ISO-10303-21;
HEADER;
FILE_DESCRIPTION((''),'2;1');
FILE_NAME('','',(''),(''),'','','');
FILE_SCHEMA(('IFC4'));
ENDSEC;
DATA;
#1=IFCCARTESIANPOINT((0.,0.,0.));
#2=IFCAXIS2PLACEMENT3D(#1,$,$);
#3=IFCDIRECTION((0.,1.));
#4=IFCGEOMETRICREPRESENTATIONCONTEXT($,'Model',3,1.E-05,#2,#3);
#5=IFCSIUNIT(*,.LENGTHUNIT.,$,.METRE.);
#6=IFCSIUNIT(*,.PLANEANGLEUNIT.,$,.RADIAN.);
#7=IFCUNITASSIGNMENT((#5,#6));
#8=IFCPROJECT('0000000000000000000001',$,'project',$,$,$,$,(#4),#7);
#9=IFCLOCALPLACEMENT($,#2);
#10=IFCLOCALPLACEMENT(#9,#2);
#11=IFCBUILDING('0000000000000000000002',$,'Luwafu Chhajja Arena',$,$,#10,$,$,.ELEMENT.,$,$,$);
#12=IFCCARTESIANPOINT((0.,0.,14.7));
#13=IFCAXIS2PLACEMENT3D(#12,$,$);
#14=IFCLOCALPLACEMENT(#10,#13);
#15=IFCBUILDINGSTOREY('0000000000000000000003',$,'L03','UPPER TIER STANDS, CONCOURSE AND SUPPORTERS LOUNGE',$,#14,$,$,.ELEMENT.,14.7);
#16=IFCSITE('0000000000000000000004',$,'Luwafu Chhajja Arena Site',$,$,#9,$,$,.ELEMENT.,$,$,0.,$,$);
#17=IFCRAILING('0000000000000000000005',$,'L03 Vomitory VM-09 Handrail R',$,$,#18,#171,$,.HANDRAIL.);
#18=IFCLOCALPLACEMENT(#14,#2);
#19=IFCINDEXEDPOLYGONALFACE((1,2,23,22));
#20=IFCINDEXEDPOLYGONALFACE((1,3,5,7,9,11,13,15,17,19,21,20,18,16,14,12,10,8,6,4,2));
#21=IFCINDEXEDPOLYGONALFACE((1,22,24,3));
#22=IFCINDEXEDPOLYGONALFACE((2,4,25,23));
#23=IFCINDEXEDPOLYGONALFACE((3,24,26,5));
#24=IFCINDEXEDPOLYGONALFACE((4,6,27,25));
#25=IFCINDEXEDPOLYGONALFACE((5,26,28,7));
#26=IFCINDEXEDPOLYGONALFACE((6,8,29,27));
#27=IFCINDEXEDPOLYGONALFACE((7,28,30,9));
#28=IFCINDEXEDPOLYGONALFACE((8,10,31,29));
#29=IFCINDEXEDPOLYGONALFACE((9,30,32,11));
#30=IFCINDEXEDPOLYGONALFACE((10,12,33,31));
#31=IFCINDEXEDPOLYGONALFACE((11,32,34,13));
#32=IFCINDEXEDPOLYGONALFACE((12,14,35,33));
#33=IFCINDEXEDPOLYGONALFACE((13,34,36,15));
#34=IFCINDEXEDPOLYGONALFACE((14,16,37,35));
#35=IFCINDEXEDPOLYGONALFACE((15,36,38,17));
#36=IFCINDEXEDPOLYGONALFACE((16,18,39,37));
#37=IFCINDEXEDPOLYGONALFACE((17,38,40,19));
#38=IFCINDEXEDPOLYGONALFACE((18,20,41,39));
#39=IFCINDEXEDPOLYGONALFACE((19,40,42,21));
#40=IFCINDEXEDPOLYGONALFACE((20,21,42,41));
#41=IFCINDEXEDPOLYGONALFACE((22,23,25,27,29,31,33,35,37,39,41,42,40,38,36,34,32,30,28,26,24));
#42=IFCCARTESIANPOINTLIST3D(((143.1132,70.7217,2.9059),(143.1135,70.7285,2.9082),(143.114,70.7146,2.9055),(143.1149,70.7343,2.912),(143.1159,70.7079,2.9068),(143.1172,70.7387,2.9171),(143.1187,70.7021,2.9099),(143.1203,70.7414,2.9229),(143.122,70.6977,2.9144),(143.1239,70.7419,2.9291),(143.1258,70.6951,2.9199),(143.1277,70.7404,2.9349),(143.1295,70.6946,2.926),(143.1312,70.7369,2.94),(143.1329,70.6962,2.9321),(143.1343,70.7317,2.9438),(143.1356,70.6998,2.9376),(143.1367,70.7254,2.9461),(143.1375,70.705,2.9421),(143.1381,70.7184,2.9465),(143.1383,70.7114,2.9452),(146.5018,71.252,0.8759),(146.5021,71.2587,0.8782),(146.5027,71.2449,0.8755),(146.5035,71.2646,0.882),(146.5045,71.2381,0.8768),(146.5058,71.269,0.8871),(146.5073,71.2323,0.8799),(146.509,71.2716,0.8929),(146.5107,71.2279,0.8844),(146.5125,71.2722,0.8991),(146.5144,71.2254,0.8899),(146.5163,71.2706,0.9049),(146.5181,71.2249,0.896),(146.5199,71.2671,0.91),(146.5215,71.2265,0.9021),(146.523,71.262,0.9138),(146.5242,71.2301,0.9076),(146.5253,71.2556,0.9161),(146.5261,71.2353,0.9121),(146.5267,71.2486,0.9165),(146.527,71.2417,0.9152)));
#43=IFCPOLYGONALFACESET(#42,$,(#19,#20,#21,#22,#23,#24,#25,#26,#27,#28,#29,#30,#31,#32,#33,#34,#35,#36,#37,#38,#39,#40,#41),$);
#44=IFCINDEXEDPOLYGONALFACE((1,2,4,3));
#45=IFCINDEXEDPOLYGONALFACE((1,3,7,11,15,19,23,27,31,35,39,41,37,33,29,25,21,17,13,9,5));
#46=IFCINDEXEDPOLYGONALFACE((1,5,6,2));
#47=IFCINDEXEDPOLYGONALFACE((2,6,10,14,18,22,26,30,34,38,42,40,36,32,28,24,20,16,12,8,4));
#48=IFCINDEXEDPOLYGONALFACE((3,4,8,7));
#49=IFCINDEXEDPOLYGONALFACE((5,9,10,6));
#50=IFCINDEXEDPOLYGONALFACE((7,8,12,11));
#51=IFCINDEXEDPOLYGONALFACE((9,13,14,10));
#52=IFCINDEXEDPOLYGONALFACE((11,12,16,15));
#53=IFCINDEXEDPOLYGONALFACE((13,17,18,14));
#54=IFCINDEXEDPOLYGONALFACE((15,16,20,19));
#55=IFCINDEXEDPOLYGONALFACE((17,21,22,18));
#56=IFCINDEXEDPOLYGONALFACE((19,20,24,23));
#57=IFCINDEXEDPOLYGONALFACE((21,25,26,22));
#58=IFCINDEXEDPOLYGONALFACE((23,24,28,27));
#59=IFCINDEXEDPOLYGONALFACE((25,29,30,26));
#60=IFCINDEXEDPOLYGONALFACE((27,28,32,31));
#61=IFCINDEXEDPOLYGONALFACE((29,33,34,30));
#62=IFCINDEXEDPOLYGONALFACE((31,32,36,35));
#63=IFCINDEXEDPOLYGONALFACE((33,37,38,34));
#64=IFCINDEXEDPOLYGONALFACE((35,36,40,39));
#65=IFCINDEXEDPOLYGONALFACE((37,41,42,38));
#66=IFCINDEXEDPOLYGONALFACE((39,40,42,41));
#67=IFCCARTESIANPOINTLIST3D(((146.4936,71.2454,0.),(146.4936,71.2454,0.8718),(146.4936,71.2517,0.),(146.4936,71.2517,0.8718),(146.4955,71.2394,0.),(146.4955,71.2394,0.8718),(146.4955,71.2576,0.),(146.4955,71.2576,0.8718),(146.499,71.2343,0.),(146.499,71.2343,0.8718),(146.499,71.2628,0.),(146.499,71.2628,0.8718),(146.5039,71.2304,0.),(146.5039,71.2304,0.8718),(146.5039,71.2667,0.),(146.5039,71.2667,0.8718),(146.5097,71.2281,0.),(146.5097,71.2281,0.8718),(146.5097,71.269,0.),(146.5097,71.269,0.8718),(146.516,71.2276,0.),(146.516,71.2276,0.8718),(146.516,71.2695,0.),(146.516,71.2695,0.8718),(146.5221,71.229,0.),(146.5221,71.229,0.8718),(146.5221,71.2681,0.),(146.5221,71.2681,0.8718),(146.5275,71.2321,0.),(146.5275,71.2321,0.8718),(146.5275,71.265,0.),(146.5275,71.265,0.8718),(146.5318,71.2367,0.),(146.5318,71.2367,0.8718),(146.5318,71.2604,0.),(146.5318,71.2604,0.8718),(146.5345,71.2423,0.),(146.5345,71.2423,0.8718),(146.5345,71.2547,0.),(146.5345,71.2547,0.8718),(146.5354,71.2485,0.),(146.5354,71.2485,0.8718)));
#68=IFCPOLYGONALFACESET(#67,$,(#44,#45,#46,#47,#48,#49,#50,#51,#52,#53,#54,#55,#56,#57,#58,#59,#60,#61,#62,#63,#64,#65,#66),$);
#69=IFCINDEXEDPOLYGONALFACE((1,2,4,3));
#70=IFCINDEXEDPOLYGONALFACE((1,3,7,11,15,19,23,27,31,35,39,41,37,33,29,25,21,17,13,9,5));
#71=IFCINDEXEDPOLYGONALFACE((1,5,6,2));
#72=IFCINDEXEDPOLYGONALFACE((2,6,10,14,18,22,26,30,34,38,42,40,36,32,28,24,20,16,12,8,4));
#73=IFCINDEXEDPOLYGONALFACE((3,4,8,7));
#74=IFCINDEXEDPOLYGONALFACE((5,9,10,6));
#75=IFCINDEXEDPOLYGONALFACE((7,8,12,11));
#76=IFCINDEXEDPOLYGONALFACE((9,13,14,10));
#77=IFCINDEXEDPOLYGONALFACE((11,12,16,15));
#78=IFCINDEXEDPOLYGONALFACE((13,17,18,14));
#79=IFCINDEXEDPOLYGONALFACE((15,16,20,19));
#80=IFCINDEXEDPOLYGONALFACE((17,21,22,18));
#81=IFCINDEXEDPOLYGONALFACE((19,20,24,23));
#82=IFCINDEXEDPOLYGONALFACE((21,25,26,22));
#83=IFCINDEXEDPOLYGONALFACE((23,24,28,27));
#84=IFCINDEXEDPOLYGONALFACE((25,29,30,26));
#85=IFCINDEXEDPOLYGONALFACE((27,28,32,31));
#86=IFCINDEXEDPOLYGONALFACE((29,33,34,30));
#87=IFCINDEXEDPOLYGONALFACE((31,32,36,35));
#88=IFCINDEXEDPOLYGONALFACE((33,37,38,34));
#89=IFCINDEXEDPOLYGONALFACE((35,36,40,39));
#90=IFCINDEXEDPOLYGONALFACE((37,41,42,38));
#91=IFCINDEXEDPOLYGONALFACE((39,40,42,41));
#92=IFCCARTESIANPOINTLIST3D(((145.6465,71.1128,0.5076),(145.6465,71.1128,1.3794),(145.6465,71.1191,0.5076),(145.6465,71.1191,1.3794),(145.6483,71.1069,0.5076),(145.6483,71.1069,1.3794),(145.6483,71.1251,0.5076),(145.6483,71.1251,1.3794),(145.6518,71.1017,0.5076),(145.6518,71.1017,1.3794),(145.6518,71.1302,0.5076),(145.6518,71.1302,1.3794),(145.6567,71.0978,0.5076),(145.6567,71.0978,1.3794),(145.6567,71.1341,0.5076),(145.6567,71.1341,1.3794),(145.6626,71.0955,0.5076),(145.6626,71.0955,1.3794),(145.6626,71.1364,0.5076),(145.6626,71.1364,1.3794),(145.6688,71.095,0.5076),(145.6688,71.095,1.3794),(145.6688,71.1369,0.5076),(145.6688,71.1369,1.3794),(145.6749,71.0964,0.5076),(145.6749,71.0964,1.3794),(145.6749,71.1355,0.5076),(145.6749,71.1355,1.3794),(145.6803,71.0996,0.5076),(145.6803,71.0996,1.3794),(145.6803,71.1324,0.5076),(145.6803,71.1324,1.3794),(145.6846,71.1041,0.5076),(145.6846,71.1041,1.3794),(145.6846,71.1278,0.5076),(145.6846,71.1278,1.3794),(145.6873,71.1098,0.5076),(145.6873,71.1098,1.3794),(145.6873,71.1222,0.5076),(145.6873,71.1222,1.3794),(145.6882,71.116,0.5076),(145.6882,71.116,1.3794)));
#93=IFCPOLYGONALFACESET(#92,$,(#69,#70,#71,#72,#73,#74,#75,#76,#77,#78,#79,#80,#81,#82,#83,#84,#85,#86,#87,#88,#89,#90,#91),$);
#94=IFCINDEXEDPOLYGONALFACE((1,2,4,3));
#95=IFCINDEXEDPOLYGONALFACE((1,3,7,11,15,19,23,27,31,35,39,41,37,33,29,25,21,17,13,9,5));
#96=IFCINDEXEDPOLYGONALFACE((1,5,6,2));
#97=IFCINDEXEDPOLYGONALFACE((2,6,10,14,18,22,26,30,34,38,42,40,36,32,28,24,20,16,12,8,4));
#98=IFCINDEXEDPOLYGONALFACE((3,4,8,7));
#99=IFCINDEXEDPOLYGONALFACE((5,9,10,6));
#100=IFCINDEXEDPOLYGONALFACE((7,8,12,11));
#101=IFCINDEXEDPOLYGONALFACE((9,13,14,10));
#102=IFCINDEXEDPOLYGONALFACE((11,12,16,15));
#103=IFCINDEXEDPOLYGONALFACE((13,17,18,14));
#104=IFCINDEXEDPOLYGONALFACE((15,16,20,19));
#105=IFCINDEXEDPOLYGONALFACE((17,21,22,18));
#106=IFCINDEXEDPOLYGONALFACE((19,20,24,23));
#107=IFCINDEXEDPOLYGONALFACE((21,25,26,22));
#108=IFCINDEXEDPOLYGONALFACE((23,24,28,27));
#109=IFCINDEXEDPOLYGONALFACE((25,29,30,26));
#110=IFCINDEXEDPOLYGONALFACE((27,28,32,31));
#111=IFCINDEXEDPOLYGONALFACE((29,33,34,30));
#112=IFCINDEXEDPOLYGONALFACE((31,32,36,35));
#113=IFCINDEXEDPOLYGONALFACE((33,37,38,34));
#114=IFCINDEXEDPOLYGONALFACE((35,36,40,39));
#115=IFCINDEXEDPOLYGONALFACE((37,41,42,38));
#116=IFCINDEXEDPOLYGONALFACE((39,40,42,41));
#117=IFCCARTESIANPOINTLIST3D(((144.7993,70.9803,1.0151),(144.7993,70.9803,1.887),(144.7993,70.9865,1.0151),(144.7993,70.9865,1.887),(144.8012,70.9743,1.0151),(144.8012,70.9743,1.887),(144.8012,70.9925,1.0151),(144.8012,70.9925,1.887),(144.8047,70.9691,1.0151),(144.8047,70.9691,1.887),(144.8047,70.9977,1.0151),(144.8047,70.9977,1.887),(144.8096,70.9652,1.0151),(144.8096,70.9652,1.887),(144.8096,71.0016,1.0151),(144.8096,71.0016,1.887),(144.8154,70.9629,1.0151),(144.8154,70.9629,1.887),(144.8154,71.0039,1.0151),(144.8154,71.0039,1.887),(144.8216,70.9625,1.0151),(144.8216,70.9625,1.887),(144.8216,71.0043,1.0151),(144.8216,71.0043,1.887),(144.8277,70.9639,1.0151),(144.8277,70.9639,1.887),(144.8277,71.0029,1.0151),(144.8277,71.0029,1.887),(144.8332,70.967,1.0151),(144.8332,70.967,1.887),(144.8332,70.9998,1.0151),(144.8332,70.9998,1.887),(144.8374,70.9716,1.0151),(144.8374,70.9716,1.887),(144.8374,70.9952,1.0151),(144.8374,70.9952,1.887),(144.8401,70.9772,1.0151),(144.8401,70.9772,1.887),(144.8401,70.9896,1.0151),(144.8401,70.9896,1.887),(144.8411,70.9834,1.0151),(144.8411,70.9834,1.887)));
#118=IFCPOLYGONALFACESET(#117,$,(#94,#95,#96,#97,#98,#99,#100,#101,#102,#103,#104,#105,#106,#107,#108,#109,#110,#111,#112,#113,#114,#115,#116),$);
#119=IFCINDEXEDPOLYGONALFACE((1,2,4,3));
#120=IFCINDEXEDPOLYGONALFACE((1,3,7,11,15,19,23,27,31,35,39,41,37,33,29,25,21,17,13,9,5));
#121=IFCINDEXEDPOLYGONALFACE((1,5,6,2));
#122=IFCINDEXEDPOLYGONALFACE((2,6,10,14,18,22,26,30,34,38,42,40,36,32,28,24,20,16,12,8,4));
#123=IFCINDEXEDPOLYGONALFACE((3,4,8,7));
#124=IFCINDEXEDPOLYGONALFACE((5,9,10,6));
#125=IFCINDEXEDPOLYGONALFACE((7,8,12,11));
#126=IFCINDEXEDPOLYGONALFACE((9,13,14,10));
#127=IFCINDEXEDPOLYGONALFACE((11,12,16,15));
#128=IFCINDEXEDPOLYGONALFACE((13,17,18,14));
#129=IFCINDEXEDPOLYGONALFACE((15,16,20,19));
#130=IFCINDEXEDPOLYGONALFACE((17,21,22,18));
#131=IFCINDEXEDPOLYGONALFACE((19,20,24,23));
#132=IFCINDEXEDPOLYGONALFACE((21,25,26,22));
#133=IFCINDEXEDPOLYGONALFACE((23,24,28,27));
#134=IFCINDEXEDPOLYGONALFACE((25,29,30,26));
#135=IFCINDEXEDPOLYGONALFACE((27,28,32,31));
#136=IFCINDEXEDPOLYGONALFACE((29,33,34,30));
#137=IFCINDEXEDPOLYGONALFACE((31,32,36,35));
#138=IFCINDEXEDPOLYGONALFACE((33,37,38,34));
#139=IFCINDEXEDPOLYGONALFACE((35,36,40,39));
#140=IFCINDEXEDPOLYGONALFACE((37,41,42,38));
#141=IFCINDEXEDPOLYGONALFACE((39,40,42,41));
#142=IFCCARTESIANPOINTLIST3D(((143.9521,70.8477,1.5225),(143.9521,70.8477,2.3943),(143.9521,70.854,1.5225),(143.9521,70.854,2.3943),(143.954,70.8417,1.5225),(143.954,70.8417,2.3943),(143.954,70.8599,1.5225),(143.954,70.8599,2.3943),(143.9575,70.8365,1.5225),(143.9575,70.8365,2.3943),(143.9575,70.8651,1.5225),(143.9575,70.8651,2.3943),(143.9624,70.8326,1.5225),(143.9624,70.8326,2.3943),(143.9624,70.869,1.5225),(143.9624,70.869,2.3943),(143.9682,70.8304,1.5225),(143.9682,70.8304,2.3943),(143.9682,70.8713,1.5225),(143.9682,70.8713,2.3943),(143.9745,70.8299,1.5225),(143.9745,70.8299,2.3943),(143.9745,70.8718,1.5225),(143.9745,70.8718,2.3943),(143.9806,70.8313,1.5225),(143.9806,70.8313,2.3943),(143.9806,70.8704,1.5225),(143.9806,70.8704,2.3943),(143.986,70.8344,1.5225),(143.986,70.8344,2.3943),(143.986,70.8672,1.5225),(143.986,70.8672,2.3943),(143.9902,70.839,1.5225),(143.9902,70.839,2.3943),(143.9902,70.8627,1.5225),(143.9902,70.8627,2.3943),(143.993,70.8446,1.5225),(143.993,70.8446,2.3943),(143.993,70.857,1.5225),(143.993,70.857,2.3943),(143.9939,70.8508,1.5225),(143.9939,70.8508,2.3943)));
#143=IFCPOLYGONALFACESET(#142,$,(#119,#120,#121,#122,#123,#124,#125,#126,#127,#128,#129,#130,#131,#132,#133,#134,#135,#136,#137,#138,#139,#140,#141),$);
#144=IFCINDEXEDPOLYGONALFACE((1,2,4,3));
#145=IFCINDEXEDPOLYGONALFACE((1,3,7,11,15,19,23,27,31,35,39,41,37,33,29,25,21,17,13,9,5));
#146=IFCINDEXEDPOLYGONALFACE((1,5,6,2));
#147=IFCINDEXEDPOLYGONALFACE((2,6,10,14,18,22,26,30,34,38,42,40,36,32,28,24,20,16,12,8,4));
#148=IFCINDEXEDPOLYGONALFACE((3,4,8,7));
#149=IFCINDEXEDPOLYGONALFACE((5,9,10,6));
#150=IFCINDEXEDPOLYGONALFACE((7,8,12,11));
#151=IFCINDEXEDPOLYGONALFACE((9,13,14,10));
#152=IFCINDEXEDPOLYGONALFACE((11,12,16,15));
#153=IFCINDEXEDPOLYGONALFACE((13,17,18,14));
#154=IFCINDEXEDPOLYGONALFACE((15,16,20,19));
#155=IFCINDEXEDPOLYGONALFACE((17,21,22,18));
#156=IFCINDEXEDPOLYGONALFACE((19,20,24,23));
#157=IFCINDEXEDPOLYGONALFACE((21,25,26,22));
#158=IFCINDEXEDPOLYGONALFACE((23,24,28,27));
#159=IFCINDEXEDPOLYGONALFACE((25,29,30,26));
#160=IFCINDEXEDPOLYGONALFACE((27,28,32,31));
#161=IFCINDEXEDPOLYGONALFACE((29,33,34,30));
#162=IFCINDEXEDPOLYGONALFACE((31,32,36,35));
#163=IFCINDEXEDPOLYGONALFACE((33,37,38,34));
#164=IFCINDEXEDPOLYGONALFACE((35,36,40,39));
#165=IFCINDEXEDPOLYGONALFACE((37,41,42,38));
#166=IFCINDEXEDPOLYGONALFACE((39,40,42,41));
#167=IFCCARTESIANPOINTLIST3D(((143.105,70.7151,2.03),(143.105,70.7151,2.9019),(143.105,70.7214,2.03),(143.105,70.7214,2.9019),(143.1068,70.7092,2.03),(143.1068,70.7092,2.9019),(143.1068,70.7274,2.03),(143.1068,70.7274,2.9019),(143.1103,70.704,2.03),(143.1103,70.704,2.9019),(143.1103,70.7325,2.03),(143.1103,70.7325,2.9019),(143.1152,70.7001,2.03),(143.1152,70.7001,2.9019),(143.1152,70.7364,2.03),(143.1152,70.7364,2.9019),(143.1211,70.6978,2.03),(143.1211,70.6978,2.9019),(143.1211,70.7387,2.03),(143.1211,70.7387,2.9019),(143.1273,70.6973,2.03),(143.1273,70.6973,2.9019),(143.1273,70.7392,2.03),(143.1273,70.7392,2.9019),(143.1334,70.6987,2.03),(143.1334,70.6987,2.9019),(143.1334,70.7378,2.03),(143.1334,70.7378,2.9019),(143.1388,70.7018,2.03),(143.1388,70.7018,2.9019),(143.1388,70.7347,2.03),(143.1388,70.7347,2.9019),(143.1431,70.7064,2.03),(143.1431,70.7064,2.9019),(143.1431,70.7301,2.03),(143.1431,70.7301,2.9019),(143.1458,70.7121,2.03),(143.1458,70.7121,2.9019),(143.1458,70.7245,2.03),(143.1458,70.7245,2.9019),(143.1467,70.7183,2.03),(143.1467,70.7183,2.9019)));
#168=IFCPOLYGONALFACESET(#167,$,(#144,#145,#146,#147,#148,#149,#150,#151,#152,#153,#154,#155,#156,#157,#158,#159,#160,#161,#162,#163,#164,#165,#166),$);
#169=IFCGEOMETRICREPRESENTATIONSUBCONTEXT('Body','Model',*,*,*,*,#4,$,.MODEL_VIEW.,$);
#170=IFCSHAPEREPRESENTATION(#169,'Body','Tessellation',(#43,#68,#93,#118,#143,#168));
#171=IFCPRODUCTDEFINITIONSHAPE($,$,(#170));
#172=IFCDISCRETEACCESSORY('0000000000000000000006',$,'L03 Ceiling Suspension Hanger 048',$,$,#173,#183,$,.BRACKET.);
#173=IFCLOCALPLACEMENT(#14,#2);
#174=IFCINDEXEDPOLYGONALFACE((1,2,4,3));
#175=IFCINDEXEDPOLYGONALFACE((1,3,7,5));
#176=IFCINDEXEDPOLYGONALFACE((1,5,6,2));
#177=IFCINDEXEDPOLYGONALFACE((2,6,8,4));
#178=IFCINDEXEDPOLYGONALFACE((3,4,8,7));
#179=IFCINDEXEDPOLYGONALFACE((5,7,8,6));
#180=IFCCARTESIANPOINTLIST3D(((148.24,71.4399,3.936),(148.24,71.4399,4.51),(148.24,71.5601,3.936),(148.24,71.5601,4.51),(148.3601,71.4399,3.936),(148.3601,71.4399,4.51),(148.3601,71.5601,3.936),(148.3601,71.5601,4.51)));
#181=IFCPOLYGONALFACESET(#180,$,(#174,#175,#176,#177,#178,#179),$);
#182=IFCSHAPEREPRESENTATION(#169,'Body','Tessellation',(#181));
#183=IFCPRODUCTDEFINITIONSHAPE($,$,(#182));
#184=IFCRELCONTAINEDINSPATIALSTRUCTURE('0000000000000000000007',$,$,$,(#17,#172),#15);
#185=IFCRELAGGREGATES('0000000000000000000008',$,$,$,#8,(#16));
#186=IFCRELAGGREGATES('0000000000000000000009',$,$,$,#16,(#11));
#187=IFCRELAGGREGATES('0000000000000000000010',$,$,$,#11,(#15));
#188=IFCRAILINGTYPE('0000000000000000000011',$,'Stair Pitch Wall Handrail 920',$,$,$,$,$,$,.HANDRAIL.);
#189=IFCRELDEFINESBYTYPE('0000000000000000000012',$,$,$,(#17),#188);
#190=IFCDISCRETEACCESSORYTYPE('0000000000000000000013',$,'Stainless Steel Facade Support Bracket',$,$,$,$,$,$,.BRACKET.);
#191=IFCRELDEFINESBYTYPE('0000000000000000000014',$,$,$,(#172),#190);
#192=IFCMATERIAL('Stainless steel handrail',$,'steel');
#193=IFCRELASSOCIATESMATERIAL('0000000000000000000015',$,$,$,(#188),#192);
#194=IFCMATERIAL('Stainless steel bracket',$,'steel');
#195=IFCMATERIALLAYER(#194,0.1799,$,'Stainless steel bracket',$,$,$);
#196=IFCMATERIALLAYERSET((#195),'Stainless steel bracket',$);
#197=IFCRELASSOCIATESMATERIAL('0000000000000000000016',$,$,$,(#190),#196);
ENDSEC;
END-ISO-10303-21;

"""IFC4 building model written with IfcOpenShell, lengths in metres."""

from ifc_helpers import new_model, si_unit, direction, frame, origin, origin_2d, place, context, subcontext, project, spatial, rectangle, circle, extrude, material, layer, layer_set, type_object, element, save


model = new_model("IFC4")

# Units and contexts
model_context = context("Model", 3, precision=1e-05, world=origin(), true_north=direction((0.0, 1.0)))
body_context = subcontext(model_context, "Body", "Model", "MODEL_VIEW")
ifc_project = project(units=[si_unit("LENGTHUNIT", "METRE"), si_unit("PLANEANGLEUNIT", "RADIAN")], contexts=[model_context])

# Site, building, storey
site_placement = place(None, origin())
site = spatial("IfcSite", under=ifc_project, at=site_placement, Name="Luwafu Chhajja Arena Site", CompositionType="ELEMENT", RefElevation=0.0)
building_placement = place(site_placement, origin())
building = spatial("IfcBuilding", under=site, at=building_placement, Name="Luwafu Chhajja Arena", CompositionType="ELEMENT")
storey_placement = place(building_placement, frame((0.0, 0.0, 14.7)))
storey = spatial("IfcBuildingStorey", under=building, at=storey_placement, Name="L03", Description="UPPER TIER STANDS, CONCOURSE AND SUPPORTERS LOUNGE", CompositionType="ELEMENT", Elevation=14.7)

# Railing
ifc_material_1 = material(Name="Stainless steel handrail", Category="steel")
railing_type_1 = type_object("IfcRailingType", Name="Stair Pitch Wall Handrail 920", PredefinedType="HANDRAIL", material=ifc_material_1)
railing_1_placement = place(storey_placement, frame((146.5144, 71.2485, 0.0)))
element("IfcRailing", 1, at=railing_1_placement, inside=storey, type_object=railing_type_1, Name="L03 Vomitory VM-09 Handrail R", PredefinedType="HANDRAIL", context=body_context, shape_type="SweptSolid", body=[
    extrude(circle(Radius=0.0239, at=origin_2d()), frame((0.0, 0.0, 0.896), z_axis=(-0.850221, -0.133046, 0.509336), x_axis=(0.154603, -0.987977, 0.0)), (0.0, 0.0, 1.0), 3.9856),
    extrude(circle(Radius=0.021, at=origin_2d()), origin(), (0.0, 0.0, 1.0), 0.8718),
    extrude(circle(Radius=0.021, at=origin_2d()), frame((-0.8472, -0.1326, 0.5076)), (0.0, 0.0, 1.0), 0.8718),
    extrude(circle(Radius=0.021, at=origin_2d()), frame((-1.6943, -0.2651, 1.0151)), (0.0, 0.0, 1.0), 0.8718),
    extrude(circle(Radius=0.021, at=origin_2d()), frame((-2.5415, -0.3977, 1.5225)), (0.0, 0.0, 1.0), 0.8718),
    extrude(circle(Radius=0.021, at=origin_2d()), frame((-3.3887, -0.5303, 2.03)), (0.0, 0.0, 1.0), 0.8718),
])

# Discrete accessory
ifc_material_2 = material(Name="Stainless steel bracket", Category="steel")
ifc_layer_1 = layer(ifc_material_2, 0.1799, Name="Stainless steel bracket")
ifc_layer_set_1 = layer_set([ifc_layer_1], Name="Stainless steel bracket")
discrete_accessory_type = type_object("IfcDiscreteAccessoryType", Name="Stainless Steel Facade Support Bracket", PredefinedType="BRACKET", material=ifc_layer_set_1)
discrete_accessory_placement = place(storey_placement, frame((148.3, 71.5, 3.936), z_axis=(0.0, 0.0, 1.0), x_axis=(1.0, 0.0, 0.0)))
element("IfcDiscreteAccessory", 2, at=discrete_accessory_placement, inside=storey, type_object=discrete_accessory_type, Name="L03 Ceiling Suspension Hanger 048", PredefinedType="BRACKET", context=body_context, shape_type="SweptSolid", body=[
    extrude(rectangle(XDim=0.1201, YDim=0.1201, at=origin_2d()), origin(), (0.0, 0.0, 1.0), 0.574),
])

save(model, "model.ifc")
